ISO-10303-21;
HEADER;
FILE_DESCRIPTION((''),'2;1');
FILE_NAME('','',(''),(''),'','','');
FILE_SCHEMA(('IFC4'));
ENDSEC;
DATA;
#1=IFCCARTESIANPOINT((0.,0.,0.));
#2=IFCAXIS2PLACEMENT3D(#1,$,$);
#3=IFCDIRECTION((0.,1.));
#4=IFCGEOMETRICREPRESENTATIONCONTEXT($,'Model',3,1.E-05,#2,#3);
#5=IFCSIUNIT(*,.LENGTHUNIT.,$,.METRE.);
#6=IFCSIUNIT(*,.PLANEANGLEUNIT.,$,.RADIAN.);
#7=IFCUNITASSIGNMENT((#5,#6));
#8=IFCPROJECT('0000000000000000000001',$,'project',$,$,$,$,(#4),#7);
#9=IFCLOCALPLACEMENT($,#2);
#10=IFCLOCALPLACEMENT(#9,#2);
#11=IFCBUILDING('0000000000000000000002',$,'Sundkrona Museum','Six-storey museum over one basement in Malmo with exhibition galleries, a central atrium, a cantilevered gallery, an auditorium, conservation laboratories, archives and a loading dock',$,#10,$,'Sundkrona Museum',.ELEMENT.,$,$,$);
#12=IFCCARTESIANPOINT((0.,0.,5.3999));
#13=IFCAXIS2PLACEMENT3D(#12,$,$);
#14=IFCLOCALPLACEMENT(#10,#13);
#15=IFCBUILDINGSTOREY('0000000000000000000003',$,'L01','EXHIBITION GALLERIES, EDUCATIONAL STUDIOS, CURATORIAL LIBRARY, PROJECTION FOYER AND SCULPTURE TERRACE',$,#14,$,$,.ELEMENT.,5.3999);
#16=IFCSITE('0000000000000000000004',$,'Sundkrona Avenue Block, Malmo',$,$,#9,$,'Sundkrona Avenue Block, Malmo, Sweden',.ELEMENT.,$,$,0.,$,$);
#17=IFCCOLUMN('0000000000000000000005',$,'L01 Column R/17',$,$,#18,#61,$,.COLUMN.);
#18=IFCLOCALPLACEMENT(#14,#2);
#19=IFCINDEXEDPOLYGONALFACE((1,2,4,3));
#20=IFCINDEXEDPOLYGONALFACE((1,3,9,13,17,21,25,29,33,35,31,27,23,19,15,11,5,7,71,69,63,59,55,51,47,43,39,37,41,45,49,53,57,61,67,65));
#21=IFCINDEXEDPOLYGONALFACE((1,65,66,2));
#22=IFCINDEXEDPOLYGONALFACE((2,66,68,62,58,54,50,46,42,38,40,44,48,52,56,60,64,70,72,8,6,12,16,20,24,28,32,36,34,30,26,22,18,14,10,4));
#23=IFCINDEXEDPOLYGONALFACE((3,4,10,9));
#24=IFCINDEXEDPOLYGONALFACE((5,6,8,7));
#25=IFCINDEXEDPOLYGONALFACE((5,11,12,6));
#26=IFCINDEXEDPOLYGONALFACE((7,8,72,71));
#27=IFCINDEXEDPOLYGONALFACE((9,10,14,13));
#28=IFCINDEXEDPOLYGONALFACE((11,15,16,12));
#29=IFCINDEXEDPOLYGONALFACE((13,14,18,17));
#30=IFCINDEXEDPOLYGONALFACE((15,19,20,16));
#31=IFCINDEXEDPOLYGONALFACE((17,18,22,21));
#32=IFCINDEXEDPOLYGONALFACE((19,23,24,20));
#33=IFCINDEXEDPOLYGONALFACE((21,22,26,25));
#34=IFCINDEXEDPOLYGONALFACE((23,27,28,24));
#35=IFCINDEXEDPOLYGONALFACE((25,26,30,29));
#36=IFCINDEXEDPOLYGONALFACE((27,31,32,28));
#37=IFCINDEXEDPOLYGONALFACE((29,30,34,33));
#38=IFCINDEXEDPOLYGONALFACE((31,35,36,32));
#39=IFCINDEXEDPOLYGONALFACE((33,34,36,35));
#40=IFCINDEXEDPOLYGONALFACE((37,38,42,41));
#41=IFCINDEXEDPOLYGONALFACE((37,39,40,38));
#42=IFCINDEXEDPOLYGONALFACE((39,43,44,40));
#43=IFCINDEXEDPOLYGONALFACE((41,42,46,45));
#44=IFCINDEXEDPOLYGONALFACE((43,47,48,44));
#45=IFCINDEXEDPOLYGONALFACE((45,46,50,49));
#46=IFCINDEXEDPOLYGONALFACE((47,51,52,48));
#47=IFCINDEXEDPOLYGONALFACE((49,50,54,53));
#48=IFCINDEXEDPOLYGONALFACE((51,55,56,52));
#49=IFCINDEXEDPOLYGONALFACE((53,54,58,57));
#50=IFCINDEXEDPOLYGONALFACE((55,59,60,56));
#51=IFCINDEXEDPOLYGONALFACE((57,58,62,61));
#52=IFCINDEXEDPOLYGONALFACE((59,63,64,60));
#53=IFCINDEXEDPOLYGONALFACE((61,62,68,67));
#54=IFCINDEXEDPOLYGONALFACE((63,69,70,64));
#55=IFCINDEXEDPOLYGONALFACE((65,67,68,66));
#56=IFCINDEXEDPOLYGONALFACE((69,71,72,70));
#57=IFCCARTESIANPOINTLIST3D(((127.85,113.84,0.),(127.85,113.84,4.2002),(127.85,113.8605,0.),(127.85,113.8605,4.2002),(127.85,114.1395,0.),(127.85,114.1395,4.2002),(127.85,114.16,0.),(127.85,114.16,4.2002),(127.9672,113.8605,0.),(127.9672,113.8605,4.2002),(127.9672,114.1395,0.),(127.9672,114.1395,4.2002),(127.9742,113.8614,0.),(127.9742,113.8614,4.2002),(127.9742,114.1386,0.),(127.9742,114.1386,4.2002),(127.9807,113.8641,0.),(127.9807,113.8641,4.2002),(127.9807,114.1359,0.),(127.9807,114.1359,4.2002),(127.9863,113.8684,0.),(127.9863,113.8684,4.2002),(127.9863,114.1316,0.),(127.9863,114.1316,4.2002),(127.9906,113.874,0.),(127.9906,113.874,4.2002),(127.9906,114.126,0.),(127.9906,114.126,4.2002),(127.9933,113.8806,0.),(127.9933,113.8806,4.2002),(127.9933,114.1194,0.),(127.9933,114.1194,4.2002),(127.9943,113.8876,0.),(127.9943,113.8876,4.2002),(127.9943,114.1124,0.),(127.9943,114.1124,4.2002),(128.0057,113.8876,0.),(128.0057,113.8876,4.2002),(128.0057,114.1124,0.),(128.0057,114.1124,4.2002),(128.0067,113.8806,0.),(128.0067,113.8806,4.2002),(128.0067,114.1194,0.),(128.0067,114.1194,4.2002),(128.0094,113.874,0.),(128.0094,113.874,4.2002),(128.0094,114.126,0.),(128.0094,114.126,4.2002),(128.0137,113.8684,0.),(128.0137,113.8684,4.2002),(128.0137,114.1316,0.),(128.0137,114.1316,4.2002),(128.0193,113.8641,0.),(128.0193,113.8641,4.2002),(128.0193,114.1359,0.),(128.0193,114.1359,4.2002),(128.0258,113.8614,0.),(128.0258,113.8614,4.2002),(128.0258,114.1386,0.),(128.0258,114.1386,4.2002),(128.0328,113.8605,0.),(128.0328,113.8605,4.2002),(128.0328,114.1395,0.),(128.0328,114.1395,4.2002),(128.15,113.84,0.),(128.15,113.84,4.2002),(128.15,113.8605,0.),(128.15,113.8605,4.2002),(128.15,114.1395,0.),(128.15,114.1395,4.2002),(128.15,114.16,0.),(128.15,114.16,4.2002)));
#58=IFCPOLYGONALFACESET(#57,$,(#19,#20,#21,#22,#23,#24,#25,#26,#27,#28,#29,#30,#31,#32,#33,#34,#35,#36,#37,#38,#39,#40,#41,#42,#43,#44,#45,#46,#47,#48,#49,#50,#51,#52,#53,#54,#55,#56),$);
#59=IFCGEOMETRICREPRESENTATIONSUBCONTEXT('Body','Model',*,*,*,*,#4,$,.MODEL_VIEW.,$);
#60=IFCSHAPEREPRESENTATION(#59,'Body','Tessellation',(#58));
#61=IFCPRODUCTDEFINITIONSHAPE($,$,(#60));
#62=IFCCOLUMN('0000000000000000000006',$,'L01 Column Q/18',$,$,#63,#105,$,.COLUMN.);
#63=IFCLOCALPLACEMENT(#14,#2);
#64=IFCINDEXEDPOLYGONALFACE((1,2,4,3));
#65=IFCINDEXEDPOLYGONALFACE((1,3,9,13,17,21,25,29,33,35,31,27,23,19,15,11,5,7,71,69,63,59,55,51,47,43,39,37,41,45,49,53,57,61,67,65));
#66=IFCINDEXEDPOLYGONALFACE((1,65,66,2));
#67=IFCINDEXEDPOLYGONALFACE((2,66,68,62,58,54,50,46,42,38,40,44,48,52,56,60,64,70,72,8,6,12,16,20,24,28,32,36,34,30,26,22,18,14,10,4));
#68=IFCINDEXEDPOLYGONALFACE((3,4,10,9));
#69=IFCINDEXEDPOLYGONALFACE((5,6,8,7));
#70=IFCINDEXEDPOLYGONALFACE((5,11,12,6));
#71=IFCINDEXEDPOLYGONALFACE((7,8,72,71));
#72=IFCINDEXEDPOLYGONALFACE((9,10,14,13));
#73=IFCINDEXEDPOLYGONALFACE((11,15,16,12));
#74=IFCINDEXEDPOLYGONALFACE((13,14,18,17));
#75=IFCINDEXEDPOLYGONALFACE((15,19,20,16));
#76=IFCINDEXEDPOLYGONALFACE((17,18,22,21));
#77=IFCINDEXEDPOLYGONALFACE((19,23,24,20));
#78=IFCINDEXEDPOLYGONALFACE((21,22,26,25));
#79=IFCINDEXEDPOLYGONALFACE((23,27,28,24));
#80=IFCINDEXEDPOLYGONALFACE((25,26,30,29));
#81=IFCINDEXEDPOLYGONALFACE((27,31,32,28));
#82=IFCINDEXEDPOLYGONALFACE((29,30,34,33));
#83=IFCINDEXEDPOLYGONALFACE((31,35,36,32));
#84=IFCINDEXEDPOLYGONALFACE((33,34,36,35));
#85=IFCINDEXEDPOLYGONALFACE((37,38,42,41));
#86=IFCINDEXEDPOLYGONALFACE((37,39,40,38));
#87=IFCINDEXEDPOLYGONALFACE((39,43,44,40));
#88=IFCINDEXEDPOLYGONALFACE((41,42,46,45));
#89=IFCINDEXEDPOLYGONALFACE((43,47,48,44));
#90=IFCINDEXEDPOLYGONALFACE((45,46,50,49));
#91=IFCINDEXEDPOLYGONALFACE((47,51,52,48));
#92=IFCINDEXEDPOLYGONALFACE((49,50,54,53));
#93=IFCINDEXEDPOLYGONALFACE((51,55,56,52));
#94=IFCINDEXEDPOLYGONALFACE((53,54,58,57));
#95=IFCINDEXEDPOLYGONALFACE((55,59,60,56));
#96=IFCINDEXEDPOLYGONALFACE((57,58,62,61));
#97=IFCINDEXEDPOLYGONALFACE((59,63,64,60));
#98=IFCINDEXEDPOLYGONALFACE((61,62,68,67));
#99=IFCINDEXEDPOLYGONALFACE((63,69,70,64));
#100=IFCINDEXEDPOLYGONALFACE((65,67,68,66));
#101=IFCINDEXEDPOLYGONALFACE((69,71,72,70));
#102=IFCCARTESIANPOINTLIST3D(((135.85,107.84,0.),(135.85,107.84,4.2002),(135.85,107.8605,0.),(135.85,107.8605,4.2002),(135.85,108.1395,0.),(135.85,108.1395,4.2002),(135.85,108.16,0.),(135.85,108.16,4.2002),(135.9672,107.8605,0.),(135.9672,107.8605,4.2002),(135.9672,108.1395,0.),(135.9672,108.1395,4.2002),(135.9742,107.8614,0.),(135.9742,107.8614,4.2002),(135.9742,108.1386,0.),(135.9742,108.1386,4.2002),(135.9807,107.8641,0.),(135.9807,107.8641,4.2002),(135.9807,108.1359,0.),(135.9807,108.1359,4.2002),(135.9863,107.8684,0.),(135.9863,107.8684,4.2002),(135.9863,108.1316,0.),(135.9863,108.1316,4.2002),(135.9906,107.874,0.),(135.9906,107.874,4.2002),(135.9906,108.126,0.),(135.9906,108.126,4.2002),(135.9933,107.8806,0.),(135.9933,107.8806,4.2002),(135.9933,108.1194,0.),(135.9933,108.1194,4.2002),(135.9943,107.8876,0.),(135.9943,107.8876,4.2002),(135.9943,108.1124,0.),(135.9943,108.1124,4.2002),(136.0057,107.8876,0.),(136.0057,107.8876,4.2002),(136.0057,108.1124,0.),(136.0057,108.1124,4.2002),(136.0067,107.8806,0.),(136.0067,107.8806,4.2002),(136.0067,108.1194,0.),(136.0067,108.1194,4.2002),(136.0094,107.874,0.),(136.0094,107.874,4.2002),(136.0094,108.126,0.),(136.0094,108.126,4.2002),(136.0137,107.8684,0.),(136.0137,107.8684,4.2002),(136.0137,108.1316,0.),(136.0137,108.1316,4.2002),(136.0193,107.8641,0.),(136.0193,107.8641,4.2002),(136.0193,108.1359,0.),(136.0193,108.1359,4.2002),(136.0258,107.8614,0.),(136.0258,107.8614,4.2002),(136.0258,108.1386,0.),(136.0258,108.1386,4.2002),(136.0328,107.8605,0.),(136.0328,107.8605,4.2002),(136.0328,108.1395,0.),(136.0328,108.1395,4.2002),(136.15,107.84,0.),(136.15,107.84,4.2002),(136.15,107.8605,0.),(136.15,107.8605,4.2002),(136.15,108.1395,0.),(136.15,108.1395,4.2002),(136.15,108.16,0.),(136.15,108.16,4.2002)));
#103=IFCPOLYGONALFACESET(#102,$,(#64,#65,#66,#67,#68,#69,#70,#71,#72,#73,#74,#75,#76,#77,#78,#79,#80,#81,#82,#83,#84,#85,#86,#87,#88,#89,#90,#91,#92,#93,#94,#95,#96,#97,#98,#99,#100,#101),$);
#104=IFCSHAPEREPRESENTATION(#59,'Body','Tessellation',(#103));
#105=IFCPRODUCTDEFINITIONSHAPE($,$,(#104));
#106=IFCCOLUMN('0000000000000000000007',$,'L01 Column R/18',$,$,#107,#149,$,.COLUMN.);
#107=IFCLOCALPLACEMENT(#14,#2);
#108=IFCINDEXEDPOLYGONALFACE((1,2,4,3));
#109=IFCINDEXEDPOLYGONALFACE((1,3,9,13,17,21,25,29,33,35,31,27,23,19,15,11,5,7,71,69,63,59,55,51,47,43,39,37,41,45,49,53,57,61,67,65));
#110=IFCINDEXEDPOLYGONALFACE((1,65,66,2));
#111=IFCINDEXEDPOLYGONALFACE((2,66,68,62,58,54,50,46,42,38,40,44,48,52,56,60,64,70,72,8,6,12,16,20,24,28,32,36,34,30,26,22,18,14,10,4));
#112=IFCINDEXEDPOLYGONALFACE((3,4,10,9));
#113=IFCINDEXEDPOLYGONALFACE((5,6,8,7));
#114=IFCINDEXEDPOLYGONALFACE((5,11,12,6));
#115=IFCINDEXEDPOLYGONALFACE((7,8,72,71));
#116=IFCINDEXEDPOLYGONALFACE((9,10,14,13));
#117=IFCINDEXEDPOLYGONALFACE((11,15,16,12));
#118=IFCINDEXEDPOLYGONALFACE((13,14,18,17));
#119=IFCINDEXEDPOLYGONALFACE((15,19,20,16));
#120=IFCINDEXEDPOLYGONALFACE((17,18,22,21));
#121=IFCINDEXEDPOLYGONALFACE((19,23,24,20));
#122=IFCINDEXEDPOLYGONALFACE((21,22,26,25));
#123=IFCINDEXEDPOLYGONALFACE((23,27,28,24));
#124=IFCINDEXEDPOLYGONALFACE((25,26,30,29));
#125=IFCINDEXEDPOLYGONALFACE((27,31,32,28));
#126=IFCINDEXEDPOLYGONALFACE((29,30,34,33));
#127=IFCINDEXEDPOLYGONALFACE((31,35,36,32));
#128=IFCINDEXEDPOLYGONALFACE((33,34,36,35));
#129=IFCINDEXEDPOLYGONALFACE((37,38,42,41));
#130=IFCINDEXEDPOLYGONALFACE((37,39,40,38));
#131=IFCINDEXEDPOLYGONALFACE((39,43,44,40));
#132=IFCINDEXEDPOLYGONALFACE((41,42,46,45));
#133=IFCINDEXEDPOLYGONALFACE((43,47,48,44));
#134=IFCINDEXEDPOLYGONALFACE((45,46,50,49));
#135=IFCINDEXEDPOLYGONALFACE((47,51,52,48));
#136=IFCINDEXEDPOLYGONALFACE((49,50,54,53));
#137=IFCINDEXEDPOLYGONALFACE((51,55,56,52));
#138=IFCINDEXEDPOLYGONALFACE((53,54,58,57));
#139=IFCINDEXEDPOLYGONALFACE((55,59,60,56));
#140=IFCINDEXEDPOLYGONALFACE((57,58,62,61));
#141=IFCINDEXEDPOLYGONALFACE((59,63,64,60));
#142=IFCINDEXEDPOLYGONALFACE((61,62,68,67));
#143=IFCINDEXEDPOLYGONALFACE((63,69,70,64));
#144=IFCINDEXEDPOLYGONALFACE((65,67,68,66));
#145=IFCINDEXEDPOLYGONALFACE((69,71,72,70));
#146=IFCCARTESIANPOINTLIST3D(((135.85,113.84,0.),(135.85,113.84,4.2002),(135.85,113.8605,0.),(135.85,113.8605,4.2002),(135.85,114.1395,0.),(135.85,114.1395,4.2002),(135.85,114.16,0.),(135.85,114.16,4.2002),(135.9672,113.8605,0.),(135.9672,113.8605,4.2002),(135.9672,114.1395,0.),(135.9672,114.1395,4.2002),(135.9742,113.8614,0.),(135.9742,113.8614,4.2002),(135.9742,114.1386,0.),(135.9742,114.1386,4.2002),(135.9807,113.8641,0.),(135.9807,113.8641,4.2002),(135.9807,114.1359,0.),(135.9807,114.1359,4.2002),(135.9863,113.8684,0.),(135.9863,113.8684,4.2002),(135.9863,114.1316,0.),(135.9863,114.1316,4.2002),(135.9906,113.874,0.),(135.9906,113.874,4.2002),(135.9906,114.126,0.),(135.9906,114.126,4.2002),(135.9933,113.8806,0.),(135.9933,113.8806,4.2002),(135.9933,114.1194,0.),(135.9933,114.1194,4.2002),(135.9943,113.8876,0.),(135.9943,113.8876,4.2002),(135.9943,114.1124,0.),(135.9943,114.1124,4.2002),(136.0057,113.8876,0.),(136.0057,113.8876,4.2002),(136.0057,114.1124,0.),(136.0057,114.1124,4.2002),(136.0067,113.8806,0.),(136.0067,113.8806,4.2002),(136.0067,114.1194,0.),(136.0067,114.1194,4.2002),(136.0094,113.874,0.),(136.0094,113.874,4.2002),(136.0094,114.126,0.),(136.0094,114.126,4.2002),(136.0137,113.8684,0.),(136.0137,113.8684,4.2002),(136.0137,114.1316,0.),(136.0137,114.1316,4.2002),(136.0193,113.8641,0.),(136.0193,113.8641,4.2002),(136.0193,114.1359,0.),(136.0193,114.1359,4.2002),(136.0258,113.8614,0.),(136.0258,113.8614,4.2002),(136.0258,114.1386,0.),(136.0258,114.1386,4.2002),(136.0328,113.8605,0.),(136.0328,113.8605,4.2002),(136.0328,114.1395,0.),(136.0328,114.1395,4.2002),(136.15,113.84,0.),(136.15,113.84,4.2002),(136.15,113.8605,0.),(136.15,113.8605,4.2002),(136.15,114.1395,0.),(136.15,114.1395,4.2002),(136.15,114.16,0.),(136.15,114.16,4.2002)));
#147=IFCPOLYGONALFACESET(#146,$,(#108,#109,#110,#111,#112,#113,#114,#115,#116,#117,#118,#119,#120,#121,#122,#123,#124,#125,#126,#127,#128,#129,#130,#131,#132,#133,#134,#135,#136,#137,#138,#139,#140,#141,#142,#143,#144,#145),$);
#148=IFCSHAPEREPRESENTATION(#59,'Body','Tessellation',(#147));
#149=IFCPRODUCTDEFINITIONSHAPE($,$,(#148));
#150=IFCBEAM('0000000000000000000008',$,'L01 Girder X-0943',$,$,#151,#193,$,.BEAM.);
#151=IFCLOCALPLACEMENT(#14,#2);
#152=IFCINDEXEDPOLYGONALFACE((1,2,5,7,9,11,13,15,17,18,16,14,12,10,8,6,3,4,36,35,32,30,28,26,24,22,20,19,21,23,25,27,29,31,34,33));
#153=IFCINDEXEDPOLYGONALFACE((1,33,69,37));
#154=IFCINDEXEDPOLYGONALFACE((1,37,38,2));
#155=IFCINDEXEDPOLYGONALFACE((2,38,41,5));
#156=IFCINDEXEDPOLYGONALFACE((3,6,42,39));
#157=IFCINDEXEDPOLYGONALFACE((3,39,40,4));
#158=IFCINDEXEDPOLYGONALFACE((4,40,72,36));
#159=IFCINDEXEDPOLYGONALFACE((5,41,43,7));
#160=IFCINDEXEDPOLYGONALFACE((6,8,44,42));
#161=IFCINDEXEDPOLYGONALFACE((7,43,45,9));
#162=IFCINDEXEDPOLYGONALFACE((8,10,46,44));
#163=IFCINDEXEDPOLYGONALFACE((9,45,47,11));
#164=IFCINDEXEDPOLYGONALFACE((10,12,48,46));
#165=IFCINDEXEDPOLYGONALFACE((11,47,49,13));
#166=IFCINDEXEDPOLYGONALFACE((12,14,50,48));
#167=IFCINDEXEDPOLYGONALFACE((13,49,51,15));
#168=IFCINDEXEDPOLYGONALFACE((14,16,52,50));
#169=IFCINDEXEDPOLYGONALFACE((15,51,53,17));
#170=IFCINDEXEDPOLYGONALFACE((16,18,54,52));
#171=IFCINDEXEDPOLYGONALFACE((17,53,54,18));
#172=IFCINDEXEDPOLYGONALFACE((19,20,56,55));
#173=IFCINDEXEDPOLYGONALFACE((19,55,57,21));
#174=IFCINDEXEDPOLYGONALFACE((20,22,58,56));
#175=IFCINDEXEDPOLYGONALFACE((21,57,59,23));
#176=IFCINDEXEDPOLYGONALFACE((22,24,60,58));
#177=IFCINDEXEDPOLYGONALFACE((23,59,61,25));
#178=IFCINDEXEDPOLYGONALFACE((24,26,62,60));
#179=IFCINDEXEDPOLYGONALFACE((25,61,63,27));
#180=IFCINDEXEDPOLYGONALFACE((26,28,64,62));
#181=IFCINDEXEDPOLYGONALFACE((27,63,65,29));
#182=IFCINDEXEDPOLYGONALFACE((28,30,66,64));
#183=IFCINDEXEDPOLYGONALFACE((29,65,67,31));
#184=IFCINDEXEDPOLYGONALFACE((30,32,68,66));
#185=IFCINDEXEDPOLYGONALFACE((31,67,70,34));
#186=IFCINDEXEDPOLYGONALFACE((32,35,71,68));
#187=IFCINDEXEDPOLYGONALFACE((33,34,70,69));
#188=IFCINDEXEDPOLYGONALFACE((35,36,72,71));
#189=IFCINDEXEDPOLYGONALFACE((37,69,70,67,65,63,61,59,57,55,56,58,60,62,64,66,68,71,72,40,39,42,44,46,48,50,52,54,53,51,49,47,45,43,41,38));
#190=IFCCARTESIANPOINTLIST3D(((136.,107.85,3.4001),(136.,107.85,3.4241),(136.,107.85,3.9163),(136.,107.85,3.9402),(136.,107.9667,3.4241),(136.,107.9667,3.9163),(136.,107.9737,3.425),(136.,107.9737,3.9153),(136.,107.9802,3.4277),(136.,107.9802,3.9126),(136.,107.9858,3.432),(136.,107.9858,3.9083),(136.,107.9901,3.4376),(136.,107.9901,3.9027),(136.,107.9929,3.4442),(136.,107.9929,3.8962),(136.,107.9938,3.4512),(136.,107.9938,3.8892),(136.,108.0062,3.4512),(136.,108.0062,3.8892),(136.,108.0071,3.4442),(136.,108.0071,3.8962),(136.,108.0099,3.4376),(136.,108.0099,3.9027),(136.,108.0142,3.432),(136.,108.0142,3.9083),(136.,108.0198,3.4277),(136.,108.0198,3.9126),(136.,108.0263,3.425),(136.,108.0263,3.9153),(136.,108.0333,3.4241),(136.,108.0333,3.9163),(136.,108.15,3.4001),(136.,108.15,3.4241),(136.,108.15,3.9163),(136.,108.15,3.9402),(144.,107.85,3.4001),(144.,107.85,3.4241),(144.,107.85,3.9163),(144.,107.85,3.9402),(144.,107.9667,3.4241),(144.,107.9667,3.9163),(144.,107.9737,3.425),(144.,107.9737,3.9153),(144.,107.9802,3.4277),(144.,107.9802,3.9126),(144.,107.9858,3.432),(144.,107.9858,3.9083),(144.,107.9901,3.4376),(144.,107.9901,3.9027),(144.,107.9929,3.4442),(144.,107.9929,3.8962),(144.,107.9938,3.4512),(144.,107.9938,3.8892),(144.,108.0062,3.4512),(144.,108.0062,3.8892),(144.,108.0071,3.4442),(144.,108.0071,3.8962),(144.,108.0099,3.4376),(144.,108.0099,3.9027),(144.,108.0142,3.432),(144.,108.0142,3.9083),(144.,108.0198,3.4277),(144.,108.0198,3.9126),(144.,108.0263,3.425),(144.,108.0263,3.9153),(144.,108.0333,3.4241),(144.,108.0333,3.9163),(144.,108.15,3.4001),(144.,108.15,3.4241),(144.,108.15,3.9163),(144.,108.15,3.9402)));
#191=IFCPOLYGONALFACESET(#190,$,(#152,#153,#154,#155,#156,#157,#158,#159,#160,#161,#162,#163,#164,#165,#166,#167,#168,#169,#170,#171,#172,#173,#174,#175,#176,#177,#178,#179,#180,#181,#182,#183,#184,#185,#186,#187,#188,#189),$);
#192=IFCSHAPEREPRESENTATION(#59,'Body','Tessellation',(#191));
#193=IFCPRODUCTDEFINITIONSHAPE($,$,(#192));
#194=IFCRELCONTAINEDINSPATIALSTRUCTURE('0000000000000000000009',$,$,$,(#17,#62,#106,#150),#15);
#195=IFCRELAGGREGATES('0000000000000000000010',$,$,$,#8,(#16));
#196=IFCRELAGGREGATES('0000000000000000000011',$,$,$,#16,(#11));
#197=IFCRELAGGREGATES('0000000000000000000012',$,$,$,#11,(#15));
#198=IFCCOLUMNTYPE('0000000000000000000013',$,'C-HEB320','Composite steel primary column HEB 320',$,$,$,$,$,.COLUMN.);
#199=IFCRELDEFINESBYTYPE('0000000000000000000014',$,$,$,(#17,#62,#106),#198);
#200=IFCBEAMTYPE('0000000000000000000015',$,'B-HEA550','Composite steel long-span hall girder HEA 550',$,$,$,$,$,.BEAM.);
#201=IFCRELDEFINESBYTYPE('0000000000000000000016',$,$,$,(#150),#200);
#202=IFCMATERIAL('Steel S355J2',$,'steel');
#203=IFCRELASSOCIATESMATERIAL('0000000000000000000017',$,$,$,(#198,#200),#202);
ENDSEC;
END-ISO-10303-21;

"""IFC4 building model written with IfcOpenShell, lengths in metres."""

from ifc_helpers import new_model, si_unit, direction, frame, origin, origin_2d, place, context, subcontext, project, spatial, i_section, extrude, material, material_profile, profile_set, type_object, element, save


model = new_model("IFC4")

# Units and contexts
model_context = context("Model", 3, precision=1e-05, world=origin(), true_north=direction((0.0, 1.0)))
body_context = subcontext(model_context, "Body", "Model", "MODEL_VIEW")
ifc_project = project(units=[si_unit("LENGTHUNIT", "METRE"), si_unit("PLANEANGLEUNIT", "RADIAN")], contexts=[model_context])

# Site, building, storey
site_placement = place(None, origin())
site = spatial("IfcSite", under=ifc_project, at=site_placement, Name="Sundkrona Avenue Block, Malmo", LongName="Sundkrona Avenue Block, Malmo, Sweden", CompositionType="ELEMENT", RefElevation=0.0)
building_placement = place(site_placement, origin())
building = spatial("IfcBuilding", under=site, at=building_placement, Name="Sundkrona Museum", Description="Six-storey museum over one basement in Malmo with exhibition galleries, a central atrium, a cantilevered gallery, an auditorium, conservation laboratories, archives and a loading dock", LongName="Sundkrona Museum", CompositionType="ELEMENT")
storey_placement = place(building_placement, frame((0.0, 0.0, 5.3999)))
storey = spatial("IfcBuildingStorey", under=building, at=storey_placement, Name="L01", Description="EXHIBITION GALLERIES, EDUCATIONAL STUDIOS, CURATORIAL LIBRARY, PROJECTION FOYER AND SCULPTURE TERRACE", CompositionType="ELEMENT", Elevation=5.3999)

# Columns
ifc_material_1 = material(Name="Steel S355J2", Category="steel")
ifc_material_profile_1 = material_profile(ifc_material_1, i_section(OverallWidth=0.3, OverallDepth=0.3201, WebThickness=0.0115, FlangeThickness=0.0205, FilletRadius=0.0271, at=origin_2d()), Name="HEB 320")
ifc_profile_set_1 = profile_set([ifc_material_profile_1], Name="Steel S355J2")
column_type = type_object("IfcColumnType", Name="C-HEB320", Description="Composite steel primary column HEB 320", PredefinedType="COLUMN", material=ifc_profile_set_1)
for number, where, z_axis, x_axis, name in (
    (1, (128.0, 114.0, 0.0), (0.0, 0.0, 1.0), (1.0, 0.0, 0.0), "L01 Column R/17"),
    (2, (136.0, 108.0, 0.0), (0.0, 0.0, 1.0), (1.0, 0.0, 0.0), "L01 Column Q/18"),
    (3, (136.0, 114.0, 0.0), (0.0, 0.0, 1.0), (1.0, 0.0, 0.0), "L01 Column R/18"),
):
    element("IfcColumn", number, at=place(storey_placement, frame(where, z_axis=z_axis, x_axis=x_axis)), inside=storey, type_object=column_type, Name=name, PredefinedType="COLUMN", context=body_context, shape_type="SweptSolid", body=[
        extrude(i_section(OverallWidth=0.3, OverallDepth=0.3201, WebThickness=0.0115, FlangeThickness=0.0205, FilletRadius=0.0271, at=origin_2d()), origin(), (0.0, 0.0, 1.0), 4.2002),
    ])

# Beam
ifc_material_profile_2 = material_profile(ifc_material_1, i_section(OverallWidth=0.3, OverallDepth=0.54, WebThickness=0.0125, FlangeThickness=0.0239, FilletRadius=0.0271, at=origin_2d()), Name="HEA 550")
ifc_profile_set_2 = profile_set([ifc_material_profile_2], Name="Steel S355J2")
beam_type_1 = type_object("IfcBeamType", Name="B-HEA550", Description="Composite steel long-span hall girder HEA 550", PredefinedType="BEAM", material=ifc_profile_set_2)
beam_1_placement = place(storey_placement, frame((136.0, 108.0, 3.6702), z_axis=(1.0, 0.0, 0.0), x_axis=(0.0, 1.0, 0.0)))
element("IfcBeam", 4, at=beam_1_placement, inside=storey, type_object=beam_type_1, Name="L01 Girder X-0943", PredefinedType="BEAM", context=body_context, shape_type="SweptSolid", body=[
    extrude(i_section(OverallWidth=0.3, OverallDepth=0.54, WebThickness=0.0125, FlangeThickness=0.0239, FilletRadius=0.0271, at=origin_2d()), origin(), (0.0, 0.0, 1.0), 8.0),
])

save(model, "model.ifc")
